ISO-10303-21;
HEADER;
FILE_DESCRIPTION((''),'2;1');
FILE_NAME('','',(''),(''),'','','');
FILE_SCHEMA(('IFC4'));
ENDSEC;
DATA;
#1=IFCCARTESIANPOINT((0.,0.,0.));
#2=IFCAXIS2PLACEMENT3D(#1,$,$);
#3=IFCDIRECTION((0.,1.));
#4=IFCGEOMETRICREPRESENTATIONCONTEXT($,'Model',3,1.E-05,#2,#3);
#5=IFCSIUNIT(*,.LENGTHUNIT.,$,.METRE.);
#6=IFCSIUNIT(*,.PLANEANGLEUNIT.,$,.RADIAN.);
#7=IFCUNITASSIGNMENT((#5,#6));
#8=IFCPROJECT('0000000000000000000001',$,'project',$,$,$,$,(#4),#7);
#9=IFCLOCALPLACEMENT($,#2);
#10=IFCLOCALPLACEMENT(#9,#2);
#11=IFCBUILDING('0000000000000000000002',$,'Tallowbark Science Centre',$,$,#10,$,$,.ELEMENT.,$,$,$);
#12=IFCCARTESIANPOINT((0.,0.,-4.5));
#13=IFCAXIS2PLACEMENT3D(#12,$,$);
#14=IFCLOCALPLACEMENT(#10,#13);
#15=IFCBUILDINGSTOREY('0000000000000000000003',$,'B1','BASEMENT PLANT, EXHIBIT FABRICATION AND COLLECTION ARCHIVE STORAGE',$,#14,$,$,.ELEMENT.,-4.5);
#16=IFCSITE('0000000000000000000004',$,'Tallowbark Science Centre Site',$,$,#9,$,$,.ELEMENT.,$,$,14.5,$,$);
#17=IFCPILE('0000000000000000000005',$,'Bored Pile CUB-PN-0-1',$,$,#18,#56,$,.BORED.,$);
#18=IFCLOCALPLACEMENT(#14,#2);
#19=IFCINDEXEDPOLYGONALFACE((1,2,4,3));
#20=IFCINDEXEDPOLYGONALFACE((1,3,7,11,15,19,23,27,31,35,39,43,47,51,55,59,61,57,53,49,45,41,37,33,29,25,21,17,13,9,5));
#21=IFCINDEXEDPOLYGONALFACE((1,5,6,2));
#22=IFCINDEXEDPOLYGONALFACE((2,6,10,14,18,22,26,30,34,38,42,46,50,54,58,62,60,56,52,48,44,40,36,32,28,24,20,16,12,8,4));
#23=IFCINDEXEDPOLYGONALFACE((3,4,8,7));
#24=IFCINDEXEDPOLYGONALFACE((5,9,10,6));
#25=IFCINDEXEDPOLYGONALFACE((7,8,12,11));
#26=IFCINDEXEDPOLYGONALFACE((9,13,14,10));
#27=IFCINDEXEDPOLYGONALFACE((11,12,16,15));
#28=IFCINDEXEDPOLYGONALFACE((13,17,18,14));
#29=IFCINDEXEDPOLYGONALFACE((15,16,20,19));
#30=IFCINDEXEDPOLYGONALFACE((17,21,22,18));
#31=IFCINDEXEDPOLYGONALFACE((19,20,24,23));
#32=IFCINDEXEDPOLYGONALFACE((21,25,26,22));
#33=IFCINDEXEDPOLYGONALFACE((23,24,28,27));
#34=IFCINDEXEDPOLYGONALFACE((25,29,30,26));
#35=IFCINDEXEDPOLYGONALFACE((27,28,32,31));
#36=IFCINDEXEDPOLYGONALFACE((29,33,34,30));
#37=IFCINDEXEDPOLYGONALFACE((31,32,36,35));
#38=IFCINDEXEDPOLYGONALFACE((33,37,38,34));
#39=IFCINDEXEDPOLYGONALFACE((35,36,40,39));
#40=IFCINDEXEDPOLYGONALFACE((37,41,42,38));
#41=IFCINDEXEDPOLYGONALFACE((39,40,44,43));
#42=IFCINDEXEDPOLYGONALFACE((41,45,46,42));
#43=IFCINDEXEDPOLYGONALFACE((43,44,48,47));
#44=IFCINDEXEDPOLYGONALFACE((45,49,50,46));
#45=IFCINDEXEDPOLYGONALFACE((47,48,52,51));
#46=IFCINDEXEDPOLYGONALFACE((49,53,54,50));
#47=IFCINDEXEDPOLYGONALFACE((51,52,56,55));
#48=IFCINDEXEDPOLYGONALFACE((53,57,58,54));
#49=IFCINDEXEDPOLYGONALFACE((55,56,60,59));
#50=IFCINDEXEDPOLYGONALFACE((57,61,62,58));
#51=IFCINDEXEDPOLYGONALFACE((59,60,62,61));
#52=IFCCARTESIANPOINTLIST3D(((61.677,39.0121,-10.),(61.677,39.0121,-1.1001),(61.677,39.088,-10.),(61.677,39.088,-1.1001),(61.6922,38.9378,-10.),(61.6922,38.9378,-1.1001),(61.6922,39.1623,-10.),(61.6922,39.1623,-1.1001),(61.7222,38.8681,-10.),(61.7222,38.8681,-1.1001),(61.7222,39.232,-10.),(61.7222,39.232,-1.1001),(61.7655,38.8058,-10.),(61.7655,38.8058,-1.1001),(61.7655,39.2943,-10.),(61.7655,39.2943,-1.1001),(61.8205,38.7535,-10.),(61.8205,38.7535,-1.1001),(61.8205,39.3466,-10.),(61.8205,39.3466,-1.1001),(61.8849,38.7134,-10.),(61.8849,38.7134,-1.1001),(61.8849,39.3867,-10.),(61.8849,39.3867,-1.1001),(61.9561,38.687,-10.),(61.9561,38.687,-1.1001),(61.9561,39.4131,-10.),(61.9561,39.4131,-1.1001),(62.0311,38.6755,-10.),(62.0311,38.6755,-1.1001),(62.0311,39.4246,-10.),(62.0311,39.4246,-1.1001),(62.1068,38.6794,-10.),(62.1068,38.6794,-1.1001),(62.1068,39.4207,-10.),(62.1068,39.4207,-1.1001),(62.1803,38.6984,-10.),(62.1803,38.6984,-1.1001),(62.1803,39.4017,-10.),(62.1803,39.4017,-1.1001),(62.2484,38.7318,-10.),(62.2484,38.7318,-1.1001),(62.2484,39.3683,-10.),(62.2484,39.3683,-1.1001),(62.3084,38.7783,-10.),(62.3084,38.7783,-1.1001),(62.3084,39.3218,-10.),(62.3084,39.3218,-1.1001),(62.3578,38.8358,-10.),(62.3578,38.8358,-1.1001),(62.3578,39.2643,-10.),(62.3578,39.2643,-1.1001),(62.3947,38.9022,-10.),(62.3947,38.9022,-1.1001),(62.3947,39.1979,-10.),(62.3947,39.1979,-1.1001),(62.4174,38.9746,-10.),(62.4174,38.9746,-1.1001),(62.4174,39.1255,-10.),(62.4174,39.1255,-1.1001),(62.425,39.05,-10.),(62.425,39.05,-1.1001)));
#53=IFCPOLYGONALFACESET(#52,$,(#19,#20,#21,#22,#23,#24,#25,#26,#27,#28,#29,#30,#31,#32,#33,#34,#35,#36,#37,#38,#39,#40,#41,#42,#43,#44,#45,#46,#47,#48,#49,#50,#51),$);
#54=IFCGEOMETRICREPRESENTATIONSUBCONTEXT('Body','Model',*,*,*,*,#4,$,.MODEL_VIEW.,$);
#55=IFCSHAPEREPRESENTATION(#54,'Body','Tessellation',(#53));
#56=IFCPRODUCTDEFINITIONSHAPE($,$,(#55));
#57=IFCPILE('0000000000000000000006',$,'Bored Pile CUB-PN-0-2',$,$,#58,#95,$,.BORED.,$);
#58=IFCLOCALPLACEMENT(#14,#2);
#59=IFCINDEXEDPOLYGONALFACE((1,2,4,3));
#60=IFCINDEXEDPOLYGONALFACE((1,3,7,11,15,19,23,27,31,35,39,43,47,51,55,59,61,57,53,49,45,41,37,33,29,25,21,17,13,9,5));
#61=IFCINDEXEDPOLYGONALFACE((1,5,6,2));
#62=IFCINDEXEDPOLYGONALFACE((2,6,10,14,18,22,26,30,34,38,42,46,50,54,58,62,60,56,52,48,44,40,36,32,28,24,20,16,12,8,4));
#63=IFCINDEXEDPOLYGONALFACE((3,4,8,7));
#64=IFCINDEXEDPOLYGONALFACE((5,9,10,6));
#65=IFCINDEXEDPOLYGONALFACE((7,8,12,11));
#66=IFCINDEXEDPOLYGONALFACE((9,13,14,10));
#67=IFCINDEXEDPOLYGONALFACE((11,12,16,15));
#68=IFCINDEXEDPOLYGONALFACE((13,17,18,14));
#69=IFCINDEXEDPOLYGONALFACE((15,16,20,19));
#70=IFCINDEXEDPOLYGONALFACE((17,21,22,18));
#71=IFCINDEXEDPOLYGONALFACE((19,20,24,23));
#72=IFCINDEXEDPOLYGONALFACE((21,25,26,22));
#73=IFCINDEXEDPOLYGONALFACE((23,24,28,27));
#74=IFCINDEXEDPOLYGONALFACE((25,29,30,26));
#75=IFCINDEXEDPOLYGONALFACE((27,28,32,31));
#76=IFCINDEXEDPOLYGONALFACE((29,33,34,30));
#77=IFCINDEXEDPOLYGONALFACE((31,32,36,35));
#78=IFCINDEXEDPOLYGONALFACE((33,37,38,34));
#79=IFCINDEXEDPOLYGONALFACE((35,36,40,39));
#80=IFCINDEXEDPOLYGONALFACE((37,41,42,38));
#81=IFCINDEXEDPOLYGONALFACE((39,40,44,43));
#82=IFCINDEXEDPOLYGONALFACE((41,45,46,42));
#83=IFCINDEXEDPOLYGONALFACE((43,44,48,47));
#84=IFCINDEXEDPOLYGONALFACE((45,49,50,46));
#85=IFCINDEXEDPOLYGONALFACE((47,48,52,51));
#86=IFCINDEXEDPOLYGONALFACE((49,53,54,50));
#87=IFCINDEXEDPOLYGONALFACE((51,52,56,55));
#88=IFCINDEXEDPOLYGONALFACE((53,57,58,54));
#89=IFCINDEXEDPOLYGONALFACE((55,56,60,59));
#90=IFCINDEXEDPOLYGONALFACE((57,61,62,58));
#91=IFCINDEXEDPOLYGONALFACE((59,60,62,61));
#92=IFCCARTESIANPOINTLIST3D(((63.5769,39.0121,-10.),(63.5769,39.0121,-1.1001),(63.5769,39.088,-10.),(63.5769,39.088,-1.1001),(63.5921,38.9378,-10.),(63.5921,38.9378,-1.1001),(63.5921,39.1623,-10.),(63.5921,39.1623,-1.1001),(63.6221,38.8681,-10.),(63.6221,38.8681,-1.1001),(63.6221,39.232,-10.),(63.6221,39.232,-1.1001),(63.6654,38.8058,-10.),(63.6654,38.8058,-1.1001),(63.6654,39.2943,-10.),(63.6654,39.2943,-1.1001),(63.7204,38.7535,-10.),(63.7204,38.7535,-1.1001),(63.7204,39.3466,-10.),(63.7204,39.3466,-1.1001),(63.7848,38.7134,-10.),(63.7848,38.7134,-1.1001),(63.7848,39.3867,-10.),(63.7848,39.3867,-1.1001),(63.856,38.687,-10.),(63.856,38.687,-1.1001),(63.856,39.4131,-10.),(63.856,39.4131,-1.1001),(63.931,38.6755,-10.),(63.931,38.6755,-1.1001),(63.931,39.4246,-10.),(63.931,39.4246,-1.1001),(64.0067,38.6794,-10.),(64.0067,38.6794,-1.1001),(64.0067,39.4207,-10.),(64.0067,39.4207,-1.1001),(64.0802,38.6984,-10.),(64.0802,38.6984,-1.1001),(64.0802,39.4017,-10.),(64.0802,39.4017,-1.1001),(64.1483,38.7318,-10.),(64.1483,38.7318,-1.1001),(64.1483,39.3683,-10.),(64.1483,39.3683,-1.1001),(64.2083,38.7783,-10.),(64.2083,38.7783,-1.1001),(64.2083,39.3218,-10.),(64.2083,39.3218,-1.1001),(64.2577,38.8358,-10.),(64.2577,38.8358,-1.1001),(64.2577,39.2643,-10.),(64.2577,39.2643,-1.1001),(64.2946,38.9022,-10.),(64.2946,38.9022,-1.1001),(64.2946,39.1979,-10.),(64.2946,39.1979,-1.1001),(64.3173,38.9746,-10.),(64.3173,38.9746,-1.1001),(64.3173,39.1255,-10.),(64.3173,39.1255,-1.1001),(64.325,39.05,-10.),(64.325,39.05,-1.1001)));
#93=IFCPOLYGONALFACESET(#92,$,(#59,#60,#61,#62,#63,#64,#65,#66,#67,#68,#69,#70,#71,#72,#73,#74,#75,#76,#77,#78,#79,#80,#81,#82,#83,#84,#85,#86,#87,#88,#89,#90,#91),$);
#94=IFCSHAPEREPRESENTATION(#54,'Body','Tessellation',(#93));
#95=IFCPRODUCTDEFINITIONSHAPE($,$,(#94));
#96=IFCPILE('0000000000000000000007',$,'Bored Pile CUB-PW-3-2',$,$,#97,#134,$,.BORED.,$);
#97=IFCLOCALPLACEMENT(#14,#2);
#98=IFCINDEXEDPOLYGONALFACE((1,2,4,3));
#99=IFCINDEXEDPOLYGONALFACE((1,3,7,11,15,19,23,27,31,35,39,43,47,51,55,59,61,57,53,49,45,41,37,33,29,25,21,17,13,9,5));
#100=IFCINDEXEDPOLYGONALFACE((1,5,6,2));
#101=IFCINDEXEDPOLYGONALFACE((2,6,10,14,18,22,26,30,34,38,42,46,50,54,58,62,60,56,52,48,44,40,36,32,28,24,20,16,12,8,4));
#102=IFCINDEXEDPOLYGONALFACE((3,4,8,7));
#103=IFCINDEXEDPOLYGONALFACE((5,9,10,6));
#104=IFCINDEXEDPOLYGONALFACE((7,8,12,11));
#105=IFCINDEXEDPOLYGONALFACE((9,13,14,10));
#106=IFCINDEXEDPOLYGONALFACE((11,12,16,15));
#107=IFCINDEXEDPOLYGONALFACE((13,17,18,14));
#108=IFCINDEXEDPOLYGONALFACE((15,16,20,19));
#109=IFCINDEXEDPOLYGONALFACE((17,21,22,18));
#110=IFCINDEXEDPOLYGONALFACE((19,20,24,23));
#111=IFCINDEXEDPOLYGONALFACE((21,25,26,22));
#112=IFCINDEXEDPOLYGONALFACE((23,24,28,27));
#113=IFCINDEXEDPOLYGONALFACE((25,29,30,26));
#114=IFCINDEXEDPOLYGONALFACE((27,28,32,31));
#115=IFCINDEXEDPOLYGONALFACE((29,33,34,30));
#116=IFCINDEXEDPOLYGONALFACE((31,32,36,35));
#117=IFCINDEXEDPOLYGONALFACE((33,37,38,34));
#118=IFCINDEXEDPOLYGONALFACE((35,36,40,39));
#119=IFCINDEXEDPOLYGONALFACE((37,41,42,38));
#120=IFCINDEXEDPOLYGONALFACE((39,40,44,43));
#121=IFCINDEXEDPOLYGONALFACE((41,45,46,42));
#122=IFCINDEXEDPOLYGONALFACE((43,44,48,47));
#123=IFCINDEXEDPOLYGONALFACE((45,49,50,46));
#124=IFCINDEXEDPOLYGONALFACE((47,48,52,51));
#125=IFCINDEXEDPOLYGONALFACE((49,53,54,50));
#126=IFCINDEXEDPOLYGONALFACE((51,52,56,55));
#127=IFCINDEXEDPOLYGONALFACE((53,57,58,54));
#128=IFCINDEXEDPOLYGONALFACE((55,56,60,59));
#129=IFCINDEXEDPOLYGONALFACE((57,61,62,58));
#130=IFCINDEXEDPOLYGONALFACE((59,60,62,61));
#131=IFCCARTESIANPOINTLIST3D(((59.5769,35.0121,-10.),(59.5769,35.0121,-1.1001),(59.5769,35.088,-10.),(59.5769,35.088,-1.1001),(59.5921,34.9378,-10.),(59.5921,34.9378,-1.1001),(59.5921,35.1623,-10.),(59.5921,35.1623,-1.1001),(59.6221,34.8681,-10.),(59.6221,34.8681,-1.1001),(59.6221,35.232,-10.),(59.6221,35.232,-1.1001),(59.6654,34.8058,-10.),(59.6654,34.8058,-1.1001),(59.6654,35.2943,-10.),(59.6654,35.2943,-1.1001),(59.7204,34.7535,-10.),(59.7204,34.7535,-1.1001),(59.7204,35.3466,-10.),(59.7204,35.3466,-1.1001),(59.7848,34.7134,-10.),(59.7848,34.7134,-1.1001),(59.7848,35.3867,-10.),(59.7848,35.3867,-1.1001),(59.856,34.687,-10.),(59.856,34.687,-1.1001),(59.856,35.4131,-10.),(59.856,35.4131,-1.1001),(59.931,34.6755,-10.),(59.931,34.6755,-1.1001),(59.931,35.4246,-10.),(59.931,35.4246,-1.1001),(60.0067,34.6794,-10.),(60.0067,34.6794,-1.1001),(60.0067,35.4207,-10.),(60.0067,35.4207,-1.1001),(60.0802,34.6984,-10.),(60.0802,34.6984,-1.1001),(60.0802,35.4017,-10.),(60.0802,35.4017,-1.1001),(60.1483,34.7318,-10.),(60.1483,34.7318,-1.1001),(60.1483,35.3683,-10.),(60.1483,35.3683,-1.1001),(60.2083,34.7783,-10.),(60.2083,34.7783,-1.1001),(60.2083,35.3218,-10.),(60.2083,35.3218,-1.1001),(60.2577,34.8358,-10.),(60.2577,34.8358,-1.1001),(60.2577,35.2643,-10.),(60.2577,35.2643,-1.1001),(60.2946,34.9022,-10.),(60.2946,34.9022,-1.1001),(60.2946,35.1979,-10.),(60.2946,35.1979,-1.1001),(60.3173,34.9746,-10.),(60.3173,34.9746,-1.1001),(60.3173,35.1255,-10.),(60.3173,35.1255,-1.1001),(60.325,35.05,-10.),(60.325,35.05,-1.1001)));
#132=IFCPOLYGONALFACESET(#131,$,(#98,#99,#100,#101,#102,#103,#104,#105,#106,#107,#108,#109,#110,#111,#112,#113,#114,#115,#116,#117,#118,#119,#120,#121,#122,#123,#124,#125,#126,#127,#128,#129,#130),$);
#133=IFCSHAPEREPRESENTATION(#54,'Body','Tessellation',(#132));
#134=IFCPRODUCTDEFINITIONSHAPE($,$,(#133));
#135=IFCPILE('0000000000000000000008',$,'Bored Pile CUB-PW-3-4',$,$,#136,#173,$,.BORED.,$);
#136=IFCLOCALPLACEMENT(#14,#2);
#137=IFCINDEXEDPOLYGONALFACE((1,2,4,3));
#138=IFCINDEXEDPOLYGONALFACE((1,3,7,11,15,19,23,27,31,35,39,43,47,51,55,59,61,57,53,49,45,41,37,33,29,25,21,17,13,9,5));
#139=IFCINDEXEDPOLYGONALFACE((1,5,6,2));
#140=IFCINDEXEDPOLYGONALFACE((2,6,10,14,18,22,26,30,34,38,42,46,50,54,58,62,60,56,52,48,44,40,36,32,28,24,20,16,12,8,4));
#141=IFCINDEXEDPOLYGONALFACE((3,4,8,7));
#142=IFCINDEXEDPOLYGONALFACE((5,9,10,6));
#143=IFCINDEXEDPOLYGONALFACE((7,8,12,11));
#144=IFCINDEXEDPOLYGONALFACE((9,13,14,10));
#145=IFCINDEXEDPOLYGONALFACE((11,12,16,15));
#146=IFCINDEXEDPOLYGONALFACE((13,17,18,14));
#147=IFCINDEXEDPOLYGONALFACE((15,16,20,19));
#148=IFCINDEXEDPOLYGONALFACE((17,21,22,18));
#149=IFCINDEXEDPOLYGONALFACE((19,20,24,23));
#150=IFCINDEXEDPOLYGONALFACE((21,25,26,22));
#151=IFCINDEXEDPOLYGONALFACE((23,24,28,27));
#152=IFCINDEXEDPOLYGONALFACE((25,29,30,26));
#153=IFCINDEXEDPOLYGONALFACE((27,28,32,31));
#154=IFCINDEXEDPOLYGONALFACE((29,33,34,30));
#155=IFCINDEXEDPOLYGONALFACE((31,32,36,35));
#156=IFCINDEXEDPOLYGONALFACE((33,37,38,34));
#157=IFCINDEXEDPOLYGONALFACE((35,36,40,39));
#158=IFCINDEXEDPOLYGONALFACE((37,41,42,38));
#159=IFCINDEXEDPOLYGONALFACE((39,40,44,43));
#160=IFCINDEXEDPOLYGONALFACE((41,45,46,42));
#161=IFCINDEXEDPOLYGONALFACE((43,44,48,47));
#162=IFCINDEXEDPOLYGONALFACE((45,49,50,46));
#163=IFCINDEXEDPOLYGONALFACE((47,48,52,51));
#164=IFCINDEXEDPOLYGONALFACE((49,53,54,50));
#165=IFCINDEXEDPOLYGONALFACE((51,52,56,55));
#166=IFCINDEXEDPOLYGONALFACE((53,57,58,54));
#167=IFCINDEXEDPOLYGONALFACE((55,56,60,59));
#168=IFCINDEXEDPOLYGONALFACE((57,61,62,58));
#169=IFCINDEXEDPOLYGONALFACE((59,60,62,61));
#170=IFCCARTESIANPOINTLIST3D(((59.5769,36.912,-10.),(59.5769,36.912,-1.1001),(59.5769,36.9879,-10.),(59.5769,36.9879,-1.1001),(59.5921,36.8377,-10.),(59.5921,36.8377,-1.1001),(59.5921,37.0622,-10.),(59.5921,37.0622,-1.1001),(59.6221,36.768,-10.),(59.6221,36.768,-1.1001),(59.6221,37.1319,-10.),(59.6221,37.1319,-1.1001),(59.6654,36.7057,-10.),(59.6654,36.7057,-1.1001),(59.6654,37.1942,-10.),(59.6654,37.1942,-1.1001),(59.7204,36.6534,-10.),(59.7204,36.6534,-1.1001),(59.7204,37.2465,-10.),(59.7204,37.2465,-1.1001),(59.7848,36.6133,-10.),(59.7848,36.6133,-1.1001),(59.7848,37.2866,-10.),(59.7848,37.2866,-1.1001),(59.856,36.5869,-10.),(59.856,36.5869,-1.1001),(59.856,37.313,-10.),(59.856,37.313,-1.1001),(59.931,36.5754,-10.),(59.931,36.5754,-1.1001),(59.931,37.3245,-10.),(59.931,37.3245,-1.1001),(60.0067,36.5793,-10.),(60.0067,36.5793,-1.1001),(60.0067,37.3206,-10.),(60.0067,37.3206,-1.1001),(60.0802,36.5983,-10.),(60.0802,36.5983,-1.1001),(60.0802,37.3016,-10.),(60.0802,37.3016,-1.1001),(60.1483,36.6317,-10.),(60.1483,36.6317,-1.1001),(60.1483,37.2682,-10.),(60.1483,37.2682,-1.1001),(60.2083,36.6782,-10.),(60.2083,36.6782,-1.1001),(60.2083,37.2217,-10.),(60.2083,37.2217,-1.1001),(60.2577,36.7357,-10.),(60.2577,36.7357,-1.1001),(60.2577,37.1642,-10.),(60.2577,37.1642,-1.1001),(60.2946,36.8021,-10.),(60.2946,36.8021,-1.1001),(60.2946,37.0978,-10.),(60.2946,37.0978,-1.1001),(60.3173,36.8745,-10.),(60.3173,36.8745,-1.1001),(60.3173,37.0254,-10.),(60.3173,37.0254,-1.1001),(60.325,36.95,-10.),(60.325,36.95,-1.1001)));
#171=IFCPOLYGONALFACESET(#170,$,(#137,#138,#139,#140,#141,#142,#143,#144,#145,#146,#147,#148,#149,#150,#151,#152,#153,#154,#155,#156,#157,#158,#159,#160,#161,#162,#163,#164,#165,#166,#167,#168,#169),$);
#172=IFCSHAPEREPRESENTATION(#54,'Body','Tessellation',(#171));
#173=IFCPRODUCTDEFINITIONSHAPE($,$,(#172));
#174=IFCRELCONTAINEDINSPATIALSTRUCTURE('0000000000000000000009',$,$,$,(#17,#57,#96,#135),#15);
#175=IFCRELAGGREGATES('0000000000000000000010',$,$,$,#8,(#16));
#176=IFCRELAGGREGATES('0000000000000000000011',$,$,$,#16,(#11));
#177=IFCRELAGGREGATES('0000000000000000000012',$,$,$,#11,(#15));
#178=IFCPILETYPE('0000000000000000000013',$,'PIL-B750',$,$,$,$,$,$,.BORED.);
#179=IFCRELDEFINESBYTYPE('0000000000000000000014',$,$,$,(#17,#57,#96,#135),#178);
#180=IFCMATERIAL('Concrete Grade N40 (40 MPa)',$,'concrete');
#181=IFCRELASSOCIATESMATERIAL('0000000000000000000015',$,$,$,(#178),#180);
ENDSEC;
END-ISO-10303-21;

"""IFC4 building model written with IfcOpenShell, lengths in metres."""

from ifc_helpers import new_model, si_unit, direction, frame, origin, origin_2d, place, context, subcontext, project, spatial, circle, extrude, material, material_profile, profile_set, type_object, element, save


model = new_model("IFC4")

# Units and contexts
model_context = context("Model", 3, precision=1e-05, world=origin(), true_north=direction((0.0, 1.0)))
body_context = subcontext(model_context, "Body", "Model", "MODEL_VIEW")
ifc_project = project(units=[si_unit("LENGTHUNIT", "METRE"), si_unit("PLANEANGLEUNIT", "RADIAN")], contexts=[model_context])

# Site, building, storey
site_placement = place(None, origin())
site = spatial("IfcSite", under=ifc_project, at=site_placement, Name="Tallowbark Science Centre Site", CompositionType="ELEMENT", RefElevation=14.5)
building_placement = place(site_placement, origin())
building = spatial("IfcBuilding", under=site, at=building_placement, Name="Tallowbark Science Centre", CompositionType="ELEMENT")
storey_placement = place(building_placement, frame((0.0, 0.0, -4.5)))
storey = spatial("IfcBuildingStorey", under=building, at=storey_placement, Name="B1", Description="BASEMENT PLANT, EXHIBIT FABRICATION AND COLLECTION ARCHIVE STORAGE", CompositionType="ELEMENT", Elevation=-4.5)

# Shared definitions
ifc_material_1 = material(Name="Concrete Grade N40 (40 MPa)", Category="concrete")

# Piles
ifc_material_profile_1 = material_profile(ifc_material_1, circle(Radius=0.375, at=origin_2d()), Name="PILE750")
ifc_profile_set_1 = profile_set([ifc_material_profile_1], Name="Concrete Grade N40 (40 MPa)")
pile_type_1 = type_object("IfcPileType", Name="PIL-B750", PredefinedType="BORED", material=ifc_profile_set_1)
for number, where, z_axis, x_axis, name in (
    (1, (62.05, 39.05, -1.1001), (0.0, 0.0, -1.0), (1.0, 0.0, 0.0), "Bored Pile CUB-PN-0-1"),
    (2, (63.95, 39.05, -1.1001), (0.0, 0.0, -1.0), (1.0, 0.0, 0.0), "Bored Pile CUB-PN-0-2"),
    (3, (59.95, 35.05, -1.1001), (0.0, 0.0, -1.0), (1.0, 0.0, 0.0), "Bored Pile CUB-PW-3-2"),
    (4, (59.95, 36.95, -1.1001), (0.0, 0.0, -1.0), (1.0, 0.0, 0.0), "Bored Pile CUB-PW-3-4"),
):
    element("IfcPile", number, at=place(storey_placement, frame(where, z_axis=z_axis, x_axis=x_axis)), inside=storey, type_object=pile_type_1, Name=name, PredefinedType="BORED", context=body_context, shape_type="SweptSolid", body=[
        extrude(circle(Radius=0.375, at=origin_2d()), origin(), (0.0, 0.0, 1.0), 8.8999),
    ])

save(model, "model.ifc")
